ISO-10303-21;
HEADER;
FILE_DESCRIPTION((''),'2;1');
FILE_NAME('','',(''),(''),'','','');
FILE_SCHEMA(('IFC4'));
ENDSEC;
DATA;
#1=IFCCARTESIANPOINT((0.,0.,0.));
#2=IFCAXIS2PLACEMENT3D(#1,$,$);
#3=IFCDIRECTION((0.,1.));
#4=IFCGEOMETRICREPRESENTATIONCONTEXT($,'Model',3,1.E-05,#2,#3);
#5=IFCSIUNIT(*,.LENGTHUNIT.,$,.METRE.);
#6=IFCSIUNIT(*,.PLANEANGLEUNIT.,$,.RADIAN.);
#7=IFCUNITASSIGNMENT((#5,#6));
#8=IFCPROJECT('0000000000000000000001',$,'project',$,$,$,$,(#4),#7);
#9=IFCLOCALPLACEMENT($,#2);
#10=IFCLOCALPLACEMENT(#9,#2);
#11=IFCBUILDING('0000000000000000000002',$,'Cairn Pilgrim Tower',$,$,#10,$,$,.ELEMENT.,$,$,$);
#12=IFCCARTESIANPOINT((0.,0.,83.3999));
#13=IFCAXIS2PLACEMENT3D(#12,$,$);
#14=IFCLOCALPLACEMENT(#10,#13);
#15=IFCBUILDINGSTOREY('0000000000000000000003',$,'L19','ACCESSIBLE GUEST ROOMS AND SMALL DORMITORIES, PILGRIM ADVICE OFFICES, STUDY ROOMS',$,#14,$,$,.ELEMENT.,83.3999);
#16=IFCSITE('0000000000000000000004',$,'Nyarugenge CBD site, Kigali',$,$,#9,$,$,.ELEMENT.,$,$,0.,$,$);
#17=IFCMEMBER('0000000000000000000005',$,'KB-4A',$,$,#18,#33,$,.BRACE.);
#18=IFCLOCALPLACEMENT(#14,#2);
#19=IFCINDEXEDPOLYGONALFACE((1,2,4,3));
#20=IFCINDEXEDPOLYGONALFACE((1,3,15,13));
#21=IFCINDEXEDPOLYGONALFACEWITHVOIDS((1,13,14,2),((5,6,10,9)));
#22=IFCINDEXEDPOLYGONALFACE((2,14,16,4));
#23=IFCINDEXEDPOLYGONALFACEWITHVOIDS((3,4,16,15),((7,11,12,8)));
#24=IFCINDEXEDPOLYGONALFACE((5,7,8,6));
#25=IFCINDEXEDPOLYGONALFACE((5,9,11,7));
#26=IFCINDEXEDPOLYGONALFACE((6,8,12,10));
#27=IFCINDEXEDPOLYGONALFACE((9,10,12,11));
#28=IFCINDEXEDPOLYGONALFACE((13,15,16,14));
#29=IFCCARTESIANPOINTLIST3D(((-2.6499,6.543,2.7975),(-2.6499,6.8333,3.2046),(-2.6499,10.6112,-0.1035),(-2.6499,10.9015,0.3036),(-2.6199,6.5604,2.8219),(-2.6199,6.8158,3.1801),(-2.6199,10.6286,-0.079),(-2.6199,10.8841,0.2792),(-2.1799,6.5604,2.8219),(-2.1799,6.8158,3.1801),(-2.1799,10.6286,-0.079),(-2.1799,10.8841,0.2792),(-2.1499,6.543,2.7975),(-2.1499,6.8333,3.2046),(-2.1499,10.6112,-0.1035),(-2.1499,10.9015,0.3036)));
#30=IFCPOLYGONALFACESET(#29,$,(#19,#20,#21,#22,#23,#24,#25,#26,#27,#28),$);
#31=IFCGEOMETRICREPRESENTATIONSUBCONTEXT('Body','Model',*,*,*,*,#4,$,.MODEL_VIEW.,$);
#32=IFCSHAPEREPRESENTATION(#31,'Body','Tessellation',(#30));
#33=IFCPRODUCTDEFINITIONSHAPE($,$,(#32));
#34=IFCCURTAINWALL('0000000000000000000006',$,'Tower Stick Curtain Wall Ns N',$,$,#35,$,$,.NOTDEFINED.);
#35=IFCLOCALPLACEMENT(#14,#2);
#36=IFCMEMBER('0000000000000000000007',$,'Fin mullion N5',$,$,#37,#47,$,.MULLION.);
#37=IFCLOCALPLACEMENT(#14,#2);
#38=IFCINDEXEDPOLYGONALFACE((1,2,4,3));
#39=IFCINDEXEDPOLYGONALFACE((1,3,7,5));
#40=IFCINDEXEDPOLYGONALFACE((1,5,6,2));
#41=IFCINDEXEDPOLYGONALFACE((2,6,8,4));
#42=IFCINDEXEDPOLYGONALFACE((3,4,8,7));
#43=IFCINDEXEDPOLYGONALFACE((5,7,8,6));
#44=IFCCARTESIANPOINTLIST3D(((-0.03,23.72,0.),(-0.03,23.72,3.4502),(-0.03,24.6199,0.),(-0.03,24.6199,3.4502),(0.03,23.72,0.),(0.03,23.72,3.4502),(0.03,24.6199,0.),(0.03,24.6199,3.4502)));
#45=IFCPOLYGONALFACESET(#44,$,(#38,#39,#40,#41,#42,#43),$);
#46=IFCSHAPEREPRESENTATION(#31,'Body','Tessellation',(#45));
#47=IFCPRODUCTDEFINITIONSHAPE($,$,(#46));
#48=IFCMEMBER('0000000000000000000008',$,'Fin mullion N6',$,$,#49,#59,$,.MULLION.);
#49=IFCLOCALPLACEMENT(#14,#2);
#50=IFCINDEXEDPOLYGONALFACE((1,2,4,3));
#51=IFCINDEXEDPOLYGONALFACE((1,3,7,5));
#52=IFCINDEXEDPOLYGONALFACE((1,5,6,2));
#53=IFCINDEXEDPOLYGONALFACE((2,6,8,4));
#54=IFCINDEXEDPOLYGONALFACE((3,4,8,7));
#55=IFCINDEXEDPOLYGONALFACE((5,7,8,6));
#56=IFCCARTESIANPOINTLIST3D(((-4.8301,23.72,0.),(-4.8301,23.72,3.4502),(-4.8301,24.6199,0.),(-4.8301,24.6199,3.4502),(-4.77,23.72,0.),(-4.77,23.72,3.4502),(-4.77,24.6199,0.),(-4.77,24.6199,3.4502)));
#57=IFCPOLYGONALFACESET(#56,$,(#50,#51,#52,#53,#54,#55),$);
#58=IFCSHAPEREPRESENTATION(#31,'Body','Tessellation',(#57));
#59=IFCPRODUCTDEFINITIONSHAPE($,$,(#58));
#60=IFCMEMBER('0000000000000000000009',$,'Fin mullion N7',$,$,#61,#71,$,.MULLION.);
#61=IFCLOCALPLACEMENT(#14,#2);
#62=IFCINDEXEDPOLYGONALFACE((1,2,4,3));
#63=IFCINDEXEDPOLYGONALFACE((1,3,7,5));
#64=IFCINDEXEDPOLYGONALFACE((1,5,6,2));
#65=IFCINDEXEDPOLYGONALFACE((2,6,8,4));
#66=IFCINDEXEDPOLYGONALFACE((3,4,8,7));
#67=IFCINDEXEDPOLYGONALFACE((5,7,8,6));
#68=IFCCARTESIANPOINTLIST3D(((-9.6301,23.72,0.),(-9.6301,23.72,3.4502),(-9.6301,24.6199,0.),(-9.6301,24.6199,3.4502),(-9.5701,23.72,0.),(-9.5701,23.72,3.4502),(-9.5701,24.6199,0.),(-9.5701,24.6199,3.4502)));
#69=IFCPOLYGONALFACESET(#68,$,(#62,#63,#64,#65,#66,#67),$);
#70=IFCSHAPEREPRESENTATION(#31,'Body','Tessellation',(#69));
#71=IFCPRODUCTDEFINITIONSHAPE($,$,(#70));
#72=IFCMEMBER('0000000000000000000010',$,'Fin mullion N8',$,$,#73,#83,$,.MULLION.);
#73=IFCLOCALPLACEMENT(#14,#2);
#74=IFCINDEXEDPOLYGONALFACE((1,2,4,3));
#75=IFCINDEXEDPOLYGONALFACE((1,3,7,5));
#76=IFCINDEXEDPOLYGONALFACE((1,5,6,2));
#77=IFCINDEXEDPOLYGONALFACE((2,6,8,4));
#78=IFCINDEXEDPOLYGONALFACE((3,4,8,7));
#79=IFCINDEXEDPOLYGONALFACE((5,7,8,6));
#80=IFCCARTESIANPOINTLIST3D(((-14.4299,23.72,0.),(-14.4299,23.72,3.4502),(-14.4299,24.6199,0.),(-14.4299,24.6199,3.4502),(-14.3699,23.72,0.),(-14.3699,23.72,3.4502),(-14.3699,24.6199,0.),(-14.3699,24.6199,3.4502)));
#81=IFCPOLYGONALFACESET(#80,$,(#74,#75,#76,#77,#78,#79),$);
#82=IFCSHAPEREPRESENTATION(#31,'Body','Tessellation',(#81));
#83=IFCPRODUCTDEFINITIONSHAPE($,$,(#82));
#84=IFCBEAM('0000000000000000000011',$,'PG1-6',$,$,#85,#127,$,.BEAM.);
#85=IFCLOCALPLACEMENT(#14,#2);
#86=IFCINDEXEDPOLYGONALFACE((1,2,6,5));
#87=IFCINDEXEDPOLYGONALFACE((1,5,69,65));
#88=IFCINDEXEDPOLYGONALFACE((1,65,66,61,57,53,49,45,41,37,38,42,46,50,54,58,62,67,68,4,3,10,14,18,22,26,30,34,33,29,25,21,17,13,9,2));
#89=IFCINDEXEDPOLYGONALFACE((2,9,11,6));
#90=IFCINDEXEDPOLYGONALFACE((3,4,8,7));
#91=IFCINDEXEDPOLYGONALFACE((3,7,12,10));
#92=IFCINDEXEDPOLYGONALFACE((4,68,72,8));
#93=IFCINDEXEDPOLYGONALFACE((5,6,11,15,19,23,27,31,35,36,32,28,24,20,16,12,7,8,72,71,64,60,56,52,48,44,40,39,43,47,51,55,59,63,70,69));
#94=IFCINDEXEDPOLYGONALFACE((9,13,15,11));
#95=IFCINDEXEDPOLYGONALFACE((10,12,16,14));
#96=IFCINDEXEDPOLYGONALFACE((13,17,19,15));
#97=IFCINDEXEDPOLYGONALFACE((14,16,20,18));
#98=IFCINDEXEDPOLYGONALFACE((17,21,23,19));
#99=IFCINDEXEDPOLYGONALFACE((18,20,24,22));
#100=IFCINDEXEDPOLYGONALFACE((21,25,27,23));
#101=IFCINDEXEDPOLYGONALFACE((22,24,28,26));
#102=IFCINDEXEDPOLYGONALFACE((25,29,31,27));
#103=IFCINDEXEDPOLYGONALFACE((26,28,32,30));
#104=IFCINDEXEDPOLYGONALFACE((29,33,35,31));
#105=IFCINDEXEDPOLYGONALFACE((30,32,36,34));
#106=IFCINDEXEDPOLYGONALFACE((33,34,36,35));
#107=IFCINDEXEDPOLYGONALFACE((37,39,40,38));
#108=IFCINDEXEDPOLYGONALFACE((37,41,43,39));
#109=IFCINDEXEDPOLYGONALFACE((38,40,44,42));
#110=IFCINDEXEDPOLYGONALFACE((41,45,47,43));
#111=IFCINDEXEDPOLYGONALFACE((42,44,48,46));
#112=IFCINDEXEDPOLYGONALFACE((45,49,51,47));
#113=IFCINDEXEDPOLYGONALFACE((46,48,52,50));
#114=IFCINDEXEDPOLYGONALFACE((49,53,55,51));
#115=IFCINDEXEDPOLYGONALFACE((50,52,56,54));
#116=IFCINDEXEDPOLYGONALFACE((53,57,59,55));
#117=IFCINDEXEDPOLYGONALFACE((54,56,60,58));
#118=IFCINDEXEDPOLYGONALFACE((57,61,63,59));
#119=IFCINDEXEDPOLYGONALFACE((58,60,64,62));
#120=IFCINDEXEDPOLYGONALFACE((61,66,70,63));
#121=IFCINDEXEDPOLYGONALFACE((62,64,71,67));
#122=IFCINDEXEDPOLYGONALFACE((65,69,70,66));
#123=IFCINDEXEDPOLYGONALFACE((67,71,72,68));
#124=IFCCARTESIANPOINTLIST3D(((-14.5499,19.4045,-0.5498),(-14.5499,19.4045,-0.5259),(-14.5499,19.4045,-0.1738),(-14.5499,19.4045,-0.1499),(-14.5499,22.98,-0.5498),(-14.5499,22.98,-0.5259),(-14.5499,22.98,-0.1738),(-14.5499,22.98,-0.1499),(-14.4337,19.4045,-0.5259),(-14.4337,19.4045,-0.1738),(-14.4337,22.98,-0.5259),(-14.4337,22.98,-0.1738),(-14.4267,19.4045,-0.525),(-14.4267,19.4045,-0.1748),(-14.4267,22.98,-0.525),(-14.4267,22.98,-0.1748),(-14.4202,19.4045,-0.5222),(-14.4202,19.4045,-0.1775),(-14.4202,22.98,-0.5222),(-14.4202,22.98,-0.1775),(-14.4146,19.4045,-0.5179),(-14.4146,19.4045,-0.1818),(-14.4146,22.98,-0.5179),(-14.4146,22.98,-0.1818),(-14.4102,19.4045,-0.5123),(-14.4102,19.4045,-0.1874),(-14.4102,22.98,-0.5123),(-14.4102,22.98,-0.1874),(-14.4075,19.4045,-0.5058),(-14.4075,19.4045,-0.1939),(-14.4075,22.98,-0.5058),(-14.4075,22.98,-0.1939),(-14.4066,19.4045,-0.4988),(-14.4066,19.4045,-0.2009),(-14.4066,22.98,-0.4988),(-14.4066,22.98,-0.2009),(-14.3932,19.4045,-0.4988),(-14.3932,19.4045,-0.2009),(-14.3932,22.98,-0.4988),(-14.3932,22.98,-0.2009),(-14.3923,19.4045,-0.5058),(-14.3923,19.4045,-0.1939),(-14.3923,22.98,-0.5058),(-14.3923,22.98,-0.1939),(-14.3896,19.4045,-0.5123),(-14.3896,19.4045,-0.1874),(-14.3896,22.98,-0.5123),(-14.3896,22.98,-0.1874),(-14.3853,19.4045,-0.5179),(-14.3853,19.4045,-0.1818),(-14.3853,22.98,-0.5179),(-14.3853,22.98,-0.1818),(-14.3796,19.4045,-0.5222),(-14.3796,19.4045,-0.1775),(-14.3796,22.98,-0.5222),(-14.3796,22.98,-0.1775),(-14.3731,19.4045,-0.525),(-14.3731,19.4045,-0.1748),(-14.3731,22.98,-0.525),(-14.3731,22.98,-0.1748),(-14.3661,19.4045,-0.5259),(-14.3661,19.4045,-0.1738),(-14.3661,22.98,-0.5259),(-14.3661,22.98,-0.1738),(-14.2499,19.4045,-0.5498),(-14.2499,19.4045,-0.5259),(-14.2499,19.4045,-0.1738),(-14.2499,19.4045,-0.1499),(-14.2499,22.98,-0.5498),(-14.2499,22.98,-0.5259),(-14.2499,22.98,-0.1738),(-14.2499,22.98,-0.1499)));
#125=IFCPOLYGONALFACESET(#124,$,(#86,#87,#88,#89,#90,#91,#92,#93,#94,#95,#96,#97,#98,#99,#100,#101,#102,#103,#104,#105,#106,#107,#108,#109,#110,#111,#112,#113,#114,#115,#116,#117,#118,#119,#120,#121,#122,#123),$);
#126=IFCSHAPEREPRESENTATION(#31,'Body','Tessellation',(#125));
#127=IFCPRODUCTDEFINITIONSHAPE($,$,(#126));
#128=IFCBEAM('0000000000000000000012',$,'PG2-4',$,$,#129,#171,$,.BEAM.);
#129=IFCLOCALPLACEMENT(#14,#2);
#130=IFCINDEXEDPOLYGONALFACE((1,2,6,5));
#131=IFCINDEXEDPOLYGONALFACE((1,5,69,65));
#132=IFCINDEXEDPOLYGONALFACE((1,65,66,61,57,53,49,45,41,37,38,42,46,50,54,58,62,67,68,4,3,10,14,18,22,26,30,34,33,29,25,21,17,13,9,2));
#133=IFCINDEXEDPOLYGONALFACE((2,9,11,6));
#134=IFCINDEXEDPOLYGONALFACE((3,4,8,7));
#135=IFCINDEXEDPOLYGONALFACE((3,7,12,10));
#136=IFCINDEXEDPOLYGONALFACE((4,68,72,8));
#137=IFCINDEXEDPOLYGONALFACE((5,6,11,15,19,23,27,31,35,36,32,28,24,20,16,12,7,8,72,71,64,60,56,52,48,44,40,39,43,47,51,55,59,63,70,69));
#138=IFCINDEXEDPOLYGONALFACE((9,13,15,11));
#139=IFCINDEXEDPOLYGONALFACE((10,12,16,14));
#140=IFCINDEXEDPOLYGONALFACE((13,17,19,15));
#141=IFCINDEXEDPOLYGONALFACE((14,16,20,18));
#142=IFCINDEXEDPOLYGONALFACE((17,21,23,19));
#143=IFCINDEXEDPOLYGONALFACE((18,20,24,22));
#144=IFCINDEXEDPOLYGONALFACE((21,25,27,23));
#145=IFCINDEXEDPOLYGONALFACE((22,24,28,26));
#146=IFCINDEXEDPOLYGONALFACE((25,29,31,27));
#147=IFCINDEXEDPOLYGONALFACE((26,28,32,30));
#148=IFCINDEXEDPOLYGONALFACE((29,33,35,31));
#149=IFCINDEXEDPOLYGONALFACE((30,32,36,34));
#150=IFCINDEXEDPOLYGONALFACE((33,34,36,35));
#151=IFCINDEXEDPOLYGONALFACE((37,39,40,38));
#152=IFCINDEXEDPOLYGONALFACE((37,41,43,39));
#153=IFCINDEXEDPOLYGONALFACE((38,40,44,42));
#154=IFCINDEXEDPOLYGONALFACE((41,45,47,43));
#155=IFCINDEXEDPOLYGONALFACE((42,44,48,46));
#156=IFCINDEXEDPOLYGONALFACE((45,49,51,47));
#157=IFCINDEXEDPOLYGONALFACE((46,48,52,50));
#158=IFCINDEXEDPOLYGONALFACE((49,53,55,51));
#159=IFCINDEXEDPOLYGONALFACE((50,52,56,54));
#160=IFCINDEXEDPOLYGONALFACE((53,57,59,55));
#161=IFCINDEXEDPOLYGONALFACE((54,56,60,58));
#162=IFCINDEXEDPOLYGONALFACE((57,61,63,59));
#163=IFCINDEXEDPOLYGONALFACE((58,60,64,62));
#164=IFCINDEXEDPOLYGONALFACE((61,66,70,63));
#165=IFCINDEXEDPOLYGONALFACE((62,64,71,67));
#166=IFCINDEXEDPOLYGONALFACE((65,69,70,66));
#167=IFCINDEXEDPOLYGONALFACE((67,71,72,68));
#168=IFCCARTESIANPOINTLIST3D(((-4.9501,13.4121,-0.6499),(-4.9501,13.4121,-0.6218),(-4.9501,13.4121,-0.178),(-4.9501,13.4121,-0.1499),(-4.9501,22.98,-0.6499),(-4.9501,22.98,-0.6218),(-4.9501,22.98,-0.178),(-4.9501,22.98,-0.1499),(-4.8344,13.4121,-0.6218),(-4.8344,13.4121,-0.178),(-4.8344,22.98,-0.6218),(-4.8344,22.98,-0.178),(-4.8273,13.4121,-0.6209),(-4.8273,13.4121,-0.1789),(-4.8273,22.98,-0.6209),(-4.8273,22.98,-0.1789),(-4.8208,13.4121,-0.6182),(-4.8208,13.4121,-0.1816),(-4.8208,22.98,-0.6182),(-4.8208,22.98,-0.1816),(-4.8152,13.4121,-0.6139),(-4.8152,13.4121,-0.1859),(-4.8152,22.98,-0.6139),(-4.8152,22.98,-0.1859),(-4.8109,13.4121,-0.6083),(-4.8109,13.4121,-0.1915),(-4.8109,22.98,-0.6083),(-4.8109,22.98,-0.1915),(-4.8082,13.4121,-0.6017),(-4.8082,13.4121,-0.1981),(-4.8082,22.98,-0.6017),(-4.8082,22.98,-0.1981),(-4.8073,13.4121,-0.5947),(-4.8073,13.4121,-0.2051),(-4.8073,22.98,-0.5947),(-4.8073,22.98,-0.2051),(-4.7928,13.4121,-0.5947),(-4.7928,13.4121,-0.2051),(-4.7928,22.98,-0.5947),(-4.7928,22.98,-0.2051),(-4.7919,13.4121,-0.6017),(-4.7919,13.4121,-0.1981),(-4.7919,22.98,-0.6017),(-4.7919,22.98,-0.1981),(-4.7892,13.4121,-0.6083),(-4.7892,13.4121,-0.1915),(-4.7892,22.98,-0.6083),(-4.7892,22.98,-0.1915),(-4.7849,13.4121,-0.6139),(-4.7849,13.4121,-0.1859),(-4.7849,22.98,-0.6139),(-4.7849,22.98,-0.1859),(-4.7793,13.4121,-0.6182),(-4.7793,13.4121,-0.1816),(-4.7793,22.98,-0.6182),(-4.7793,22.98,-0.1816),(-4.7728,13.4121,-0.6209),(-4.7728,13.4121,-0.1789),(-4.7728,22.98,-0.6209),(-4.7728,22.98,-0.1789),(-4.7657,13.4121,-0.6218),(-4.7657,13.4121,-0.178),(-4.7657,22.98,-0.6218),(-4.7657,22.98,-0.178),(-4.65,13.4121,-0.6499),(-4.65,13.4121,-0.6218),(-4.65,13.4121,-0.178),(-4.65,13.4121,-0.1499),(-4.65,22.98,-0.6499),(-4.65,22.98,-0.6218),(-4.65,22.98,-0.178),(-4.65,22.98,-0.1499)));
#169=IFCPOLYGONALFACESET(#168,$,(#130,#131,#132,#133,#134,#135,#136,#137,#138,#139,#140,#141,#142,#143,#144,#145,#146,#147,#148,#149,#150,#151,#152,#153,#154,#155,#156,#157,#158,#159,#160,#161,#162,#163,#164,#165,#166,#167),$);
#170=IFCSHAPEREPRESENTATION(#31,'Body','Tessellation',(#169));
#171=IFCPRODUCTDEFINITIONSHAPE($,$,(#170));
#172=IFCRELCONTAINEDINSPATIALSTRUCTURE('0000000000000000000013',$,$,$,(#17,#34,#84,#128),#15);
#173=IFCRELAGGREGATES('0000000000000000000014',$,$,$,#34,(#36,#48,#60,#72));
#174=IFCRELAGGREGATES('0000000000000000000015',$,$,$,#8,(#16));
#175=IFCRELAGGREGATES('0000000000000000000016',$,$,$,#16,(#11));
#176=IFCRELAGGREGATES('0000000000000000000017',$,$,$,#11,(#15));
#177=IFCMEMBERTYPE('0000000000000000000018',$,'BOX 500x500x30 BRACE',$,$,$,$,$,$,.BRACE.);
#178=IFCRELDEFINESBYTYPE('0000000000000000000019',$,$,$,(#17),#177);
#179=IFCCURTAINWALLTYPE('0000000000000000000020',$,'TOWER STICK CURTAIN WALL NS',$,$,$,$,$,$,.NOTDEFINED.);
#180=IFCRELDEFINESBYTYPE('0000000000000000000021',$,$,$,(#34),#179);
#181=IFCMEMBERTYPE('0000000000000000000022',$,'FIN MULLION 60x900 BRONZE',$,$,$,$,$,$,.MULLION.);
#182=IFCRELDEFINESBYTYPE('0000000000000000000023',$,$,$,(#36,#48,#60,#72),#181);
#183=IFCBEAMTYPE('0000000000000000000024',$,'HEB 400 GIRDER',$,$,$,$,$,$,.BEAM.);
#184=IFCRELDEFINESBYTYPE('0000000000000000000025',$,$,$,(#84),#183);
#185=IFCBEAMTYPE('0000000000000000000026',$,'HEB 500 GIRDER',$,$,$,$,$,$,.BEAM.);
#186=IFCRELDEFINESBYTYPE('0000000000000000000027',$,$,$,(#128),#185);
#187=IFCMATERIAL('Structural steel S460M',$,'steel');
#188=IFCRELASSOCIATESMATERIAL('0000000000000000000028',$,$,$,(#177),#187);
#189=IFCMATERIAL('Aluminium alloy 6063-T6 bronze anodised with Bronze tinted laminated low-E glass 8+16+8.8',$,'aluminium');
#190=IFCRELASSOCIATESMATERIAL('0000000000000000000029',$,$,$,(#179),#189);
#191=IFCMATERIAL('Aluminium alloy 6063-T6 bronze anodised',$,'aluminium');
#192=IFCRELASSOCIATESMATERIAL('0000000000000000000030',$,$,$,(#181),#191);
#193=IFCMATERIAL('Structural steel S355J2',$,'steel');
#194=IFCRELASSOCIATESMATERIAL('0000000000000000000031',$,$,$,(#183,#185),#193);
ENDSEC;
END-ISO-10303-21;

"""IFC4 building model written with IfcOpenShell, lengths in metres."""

from ifc_helpers import new_model, si_unit, direction, frame, origin, origin_2d, place, context, subcontext, project, spatial, rectangle, hollow_rectangle, i_section, extrude, material, material_profile, profile_set, type_object, element, aggregate, save


model = new_model("IFC4")

# Units and contexts
model_context = context("Model", 3, precision=1e-05, world=origin(), true_north=direction((0.0, 1.0)))
body_context = subcontext(model_context, "Body", "Model", "MODEL_VIEW")
ifc_project = project(units=[si_unit("LENGTHUNIT", "METRE"), si_unit("PLANEANGLEUNIT", "RADIAN")], contexts=[model_context])

# Site, building, storey
site_placement = place(None, origin())
site = spatial("IfcSite", under=ifc_project, at=site_placement, Name="Nyarugenge CBD site, Kigali", CompositionType="ELEMENT", RefElevation=0.0)
building_placement = place(site_placement, origin())
building = spatial("IfcBuilding", under=site, at=building_placement, Name="Cairn Pilgrim Tower", CompositionType="ELEMENT")
storey_placement = place(building_placement, frame((0.0, 0.0, 83.3999)))
storey = spatial("IfcBuildingStorey", under=building, at=storey_placement, Name="L19", Description="ACCESSIBLE GUEST ROOMS AND SMALL DORMITORIES, PILGRIM ADVICE OFFICES, STUDY ROOMS", CompositionType="ELEMENT", Elevation=83.3999)

# Shared definitions
ifc_material_1 = material(Name="Structural steel S460M", Category="steel")

# Member
ifc_material_profile_1 = material_profile(ifc_material_1, hollow_rectangle(XDim=0.5, YDim=0.5, WallThickness=0.03, at=origin_2d()), Name="BOX 500x500x30")
ifc_profile_set_1 = profile_set([ifc_material_profile_1], Name="Structural steel S460M")
member_type_1 = type_object("IfcMemberType", Name="BOX 500x500x30 BRACE", PredefinedType="BRACE", material=ifc_profile_set_1)
member_1_placement = place(storey_placement, frame((-2.3999, 10.7563, 0.1001), z_axis=(0.0, -0.814199, 0.580586), x_axis=(1.0, 0.0, 0.0)))
element("IfcMember", 1, at=member_1_placement, inside=storey, type_object=member_type_1, Name="KB-4A", PredefinedType="BRACE", context=body_context, shape_type="SweptSolid", body=[
    extrude(hollow_rectangle(XDim=0.5, YDim=0.5, WallThickness=0.03, at=origin_2d()), origin(), (0.0, 0.0, 1.0), 4.9966),
])

# Curtain wall, members
ifc_material_2 = material(Name="Aluminium alloy 6063-T6 bronze anodised with Bronze tinted laminated low-E glass 8+16+8.8", Category="aluminium")
curtain_wall_type = type_object("IfcCurtainWallType", Name="TOWER STICK CURTAIN WALL NS", PredefinedType="NOTDEFINED", material=ifc_material_2)
curtain_wall_placement = place(storey_placement, origin())
curtain_wall = element("IfcCurtainWall", 2, at=curtain_wall_placement, inside=storey, type_object=curtain_wall_type, Name="Tower Stick Curtain Wall Ns N", PredefinedType="NOTDEFINED")
ifc_material_3 = material(Name="Aluminium alloy 6063-T6 bronze anodised", Category="aluminium")
ifc_material_profile_2 = material_profile(ifc_material_3, rectangle(XDim=0.8999, YDim=0.0601, at=origin_2d()), Name="FIN MULLION 60x900 BRONZE")
ifc_profile_set_2 = profile_set([ifc_material_profile_2], Name="Aluminium alloy 6063-T6 bronze anodised")
member_type_2 = type_object("IfcMemberType", Name="FIN MULLION 60x900 BRONZE", PredefinedType="MULLION", material=ifc_profile_set_2)
member_2_placement = place(storey_placement, frame((0.0, 24.1699, 0.0), z_axis=(0.0, 0.0, 1.0), x_axis=(0.0, 1.0, 0.0)))
member_2 = element("IfcMember", 3, at=member_2_placement, type_object=member_type_2, Name="Fin mullion N5", PredefinedType="MULLION", context=body_context, shape_type="SweptSolid", body=[
    extrude(rectangle(XDim=0.8999, YDim=0.0601, at=origin_2d()), origin(), (0.0, 0.0, 1.0), 3.4502),
])
member_3_placement = place(storey_placement, frame((-4.8, 24.1699, 0.0), z_axis=(0.0, 0.0, 1.0), x_axis=(0.0, 1.0, 0.0)))
member_3 = element("IfcMember", 4, at=member_3_placement, type_object=member_type_2, Name="Fin mullion N6", PredefinedType="MULLION", context=body_context, shape_type="SweptSolid", body=[
    extrude(rectangle(XDim=0.8999, YDim=0.0601, at=origin_2d()), origin(), (0.0, 0.0, 1.0), 3.4502),
])
member_4_placement = place(storey_placement, frame((-9.6001, 24.1699, 0.0), z_axis=(0.0, 0.0, 1.0), x_axis=(0.0, 1.0, 0.0)))
member_4 = element("IfcMember", 5, at=member_4_placement, type_object=member_type_2, Name="Fin mullion N7", PredefinedType="MULLION", context=body_context, shape_type="SweptSolid", body=[
    extrude(rectangle(XDim=0.8999, YDim=0.0601, at=origin_2d()), origin(), (0.0, 0.0, 1.0), 3.4502),
])
member_5_placement = place(storey_placement, frame((-14.3999, 24.1699, 0.0), z_axis=(0.0, 0.0, 1.0), x_axis=(0.0, 1.0, 0.0)))
member_5 = element("IfcMember", 6, at=member_5_placement, type_object=member_type_2, Name="Fin mullion N8", PredefinedType="MULLION", context=body_context, shape_type="SweptSolid", body=[
    extrude(rectangle(XDim=0.8999, YDim=0.0601, at=origin_2d()), origin(), (0.0, 0.0, 1.0), 3.4502),
])

# Beams
ifc_material_4 = material(Name="Structural steel S355J2", Category="steel")
ifc_material_profile_3 = material_profile(ifc_material_4, i_section(OverallWidth=0.3, OverallDepth=0.3999, WebThickness=0.0134, FlangeThickness=0.0239, FilletRadius=0.0271, at=origin_2d()), Name="HEB 400")
ifc_profile_set_3 = profile_set([ifc_material_profile_3], Name="Structural steel S355J2")
beam_type_1 = type_object("IfcBeamType", Name="HEB 400 GIRDER", PredefinedType="BEAM", material=ifc_profile_set_3)
beam_1_placement = place(storey_placement, frame((-14.3999, 19.4045, -0.3499), z_axis=(0.0, 1.0, 0.0), x_axis=(-1.0, 0.0, 0.0)))
element("IfcBeam", 7, at=beam_1_placement, inside=storey, type_object=beam_type_1, Name="PG1-6", PredefinedType="BEAM", context=body_context, shape_type="SweptSolid", body=[
    extrude(i_section(OverallWidth=0.3, OverallDepth=0.3999, WebThickness=0.0134, FlangeThickness=0.0239, FilletRadius=0.0271, at=origin_2d()), origin(), (0.0, 0.0, 1.0), 3.5754),
])
ifc_material_profile_4 = material_profile(ifc_material_4, i_section(OverallWidth=0.3, OverallDepth=0.5, WebThickness=0.0144, FlangeThickness=0.0281, FilletRadius=0.0271, at=origin_2d()), Name="HEB 500")
ifc_profile_set_4 = profile_set([ifc_material_profile_4], Name="Structural steel S355J2")
beam_type_2 = type_object("IfcBeamType", Name="HEB 500 GIRDER", PredefinedType="BEAM", material=ifc_profile_set_4)
beam_2_placement = place(storey_placement, frame((-4.8, 13.4121, -0.3999), z_axis=(0.0, 1.0, 0.0), x_axis=(-1.0, 0.0, 0.0)))
element("IfcBeam", 8, at=beam_2_placement, inside=storey, type_object=beam_type_2, Name="PG2-4", PredefinedType="BEAM", context=body_context, shape_type="SweptSolid", body=[
    extrude(i_section(OverallWidth=0.3, OverallDepth=0.5, WebThickness=0.0144, FlangeThickness=0.0281, FilletRadius=0.0271, at=origin_2d()), origin(), (0.0, 0.0, 1.0), 9.5679),
])

aggregate(curtain_wall, [member_2, member_3, member_4, member_5])

save(model, "model.ifc")
